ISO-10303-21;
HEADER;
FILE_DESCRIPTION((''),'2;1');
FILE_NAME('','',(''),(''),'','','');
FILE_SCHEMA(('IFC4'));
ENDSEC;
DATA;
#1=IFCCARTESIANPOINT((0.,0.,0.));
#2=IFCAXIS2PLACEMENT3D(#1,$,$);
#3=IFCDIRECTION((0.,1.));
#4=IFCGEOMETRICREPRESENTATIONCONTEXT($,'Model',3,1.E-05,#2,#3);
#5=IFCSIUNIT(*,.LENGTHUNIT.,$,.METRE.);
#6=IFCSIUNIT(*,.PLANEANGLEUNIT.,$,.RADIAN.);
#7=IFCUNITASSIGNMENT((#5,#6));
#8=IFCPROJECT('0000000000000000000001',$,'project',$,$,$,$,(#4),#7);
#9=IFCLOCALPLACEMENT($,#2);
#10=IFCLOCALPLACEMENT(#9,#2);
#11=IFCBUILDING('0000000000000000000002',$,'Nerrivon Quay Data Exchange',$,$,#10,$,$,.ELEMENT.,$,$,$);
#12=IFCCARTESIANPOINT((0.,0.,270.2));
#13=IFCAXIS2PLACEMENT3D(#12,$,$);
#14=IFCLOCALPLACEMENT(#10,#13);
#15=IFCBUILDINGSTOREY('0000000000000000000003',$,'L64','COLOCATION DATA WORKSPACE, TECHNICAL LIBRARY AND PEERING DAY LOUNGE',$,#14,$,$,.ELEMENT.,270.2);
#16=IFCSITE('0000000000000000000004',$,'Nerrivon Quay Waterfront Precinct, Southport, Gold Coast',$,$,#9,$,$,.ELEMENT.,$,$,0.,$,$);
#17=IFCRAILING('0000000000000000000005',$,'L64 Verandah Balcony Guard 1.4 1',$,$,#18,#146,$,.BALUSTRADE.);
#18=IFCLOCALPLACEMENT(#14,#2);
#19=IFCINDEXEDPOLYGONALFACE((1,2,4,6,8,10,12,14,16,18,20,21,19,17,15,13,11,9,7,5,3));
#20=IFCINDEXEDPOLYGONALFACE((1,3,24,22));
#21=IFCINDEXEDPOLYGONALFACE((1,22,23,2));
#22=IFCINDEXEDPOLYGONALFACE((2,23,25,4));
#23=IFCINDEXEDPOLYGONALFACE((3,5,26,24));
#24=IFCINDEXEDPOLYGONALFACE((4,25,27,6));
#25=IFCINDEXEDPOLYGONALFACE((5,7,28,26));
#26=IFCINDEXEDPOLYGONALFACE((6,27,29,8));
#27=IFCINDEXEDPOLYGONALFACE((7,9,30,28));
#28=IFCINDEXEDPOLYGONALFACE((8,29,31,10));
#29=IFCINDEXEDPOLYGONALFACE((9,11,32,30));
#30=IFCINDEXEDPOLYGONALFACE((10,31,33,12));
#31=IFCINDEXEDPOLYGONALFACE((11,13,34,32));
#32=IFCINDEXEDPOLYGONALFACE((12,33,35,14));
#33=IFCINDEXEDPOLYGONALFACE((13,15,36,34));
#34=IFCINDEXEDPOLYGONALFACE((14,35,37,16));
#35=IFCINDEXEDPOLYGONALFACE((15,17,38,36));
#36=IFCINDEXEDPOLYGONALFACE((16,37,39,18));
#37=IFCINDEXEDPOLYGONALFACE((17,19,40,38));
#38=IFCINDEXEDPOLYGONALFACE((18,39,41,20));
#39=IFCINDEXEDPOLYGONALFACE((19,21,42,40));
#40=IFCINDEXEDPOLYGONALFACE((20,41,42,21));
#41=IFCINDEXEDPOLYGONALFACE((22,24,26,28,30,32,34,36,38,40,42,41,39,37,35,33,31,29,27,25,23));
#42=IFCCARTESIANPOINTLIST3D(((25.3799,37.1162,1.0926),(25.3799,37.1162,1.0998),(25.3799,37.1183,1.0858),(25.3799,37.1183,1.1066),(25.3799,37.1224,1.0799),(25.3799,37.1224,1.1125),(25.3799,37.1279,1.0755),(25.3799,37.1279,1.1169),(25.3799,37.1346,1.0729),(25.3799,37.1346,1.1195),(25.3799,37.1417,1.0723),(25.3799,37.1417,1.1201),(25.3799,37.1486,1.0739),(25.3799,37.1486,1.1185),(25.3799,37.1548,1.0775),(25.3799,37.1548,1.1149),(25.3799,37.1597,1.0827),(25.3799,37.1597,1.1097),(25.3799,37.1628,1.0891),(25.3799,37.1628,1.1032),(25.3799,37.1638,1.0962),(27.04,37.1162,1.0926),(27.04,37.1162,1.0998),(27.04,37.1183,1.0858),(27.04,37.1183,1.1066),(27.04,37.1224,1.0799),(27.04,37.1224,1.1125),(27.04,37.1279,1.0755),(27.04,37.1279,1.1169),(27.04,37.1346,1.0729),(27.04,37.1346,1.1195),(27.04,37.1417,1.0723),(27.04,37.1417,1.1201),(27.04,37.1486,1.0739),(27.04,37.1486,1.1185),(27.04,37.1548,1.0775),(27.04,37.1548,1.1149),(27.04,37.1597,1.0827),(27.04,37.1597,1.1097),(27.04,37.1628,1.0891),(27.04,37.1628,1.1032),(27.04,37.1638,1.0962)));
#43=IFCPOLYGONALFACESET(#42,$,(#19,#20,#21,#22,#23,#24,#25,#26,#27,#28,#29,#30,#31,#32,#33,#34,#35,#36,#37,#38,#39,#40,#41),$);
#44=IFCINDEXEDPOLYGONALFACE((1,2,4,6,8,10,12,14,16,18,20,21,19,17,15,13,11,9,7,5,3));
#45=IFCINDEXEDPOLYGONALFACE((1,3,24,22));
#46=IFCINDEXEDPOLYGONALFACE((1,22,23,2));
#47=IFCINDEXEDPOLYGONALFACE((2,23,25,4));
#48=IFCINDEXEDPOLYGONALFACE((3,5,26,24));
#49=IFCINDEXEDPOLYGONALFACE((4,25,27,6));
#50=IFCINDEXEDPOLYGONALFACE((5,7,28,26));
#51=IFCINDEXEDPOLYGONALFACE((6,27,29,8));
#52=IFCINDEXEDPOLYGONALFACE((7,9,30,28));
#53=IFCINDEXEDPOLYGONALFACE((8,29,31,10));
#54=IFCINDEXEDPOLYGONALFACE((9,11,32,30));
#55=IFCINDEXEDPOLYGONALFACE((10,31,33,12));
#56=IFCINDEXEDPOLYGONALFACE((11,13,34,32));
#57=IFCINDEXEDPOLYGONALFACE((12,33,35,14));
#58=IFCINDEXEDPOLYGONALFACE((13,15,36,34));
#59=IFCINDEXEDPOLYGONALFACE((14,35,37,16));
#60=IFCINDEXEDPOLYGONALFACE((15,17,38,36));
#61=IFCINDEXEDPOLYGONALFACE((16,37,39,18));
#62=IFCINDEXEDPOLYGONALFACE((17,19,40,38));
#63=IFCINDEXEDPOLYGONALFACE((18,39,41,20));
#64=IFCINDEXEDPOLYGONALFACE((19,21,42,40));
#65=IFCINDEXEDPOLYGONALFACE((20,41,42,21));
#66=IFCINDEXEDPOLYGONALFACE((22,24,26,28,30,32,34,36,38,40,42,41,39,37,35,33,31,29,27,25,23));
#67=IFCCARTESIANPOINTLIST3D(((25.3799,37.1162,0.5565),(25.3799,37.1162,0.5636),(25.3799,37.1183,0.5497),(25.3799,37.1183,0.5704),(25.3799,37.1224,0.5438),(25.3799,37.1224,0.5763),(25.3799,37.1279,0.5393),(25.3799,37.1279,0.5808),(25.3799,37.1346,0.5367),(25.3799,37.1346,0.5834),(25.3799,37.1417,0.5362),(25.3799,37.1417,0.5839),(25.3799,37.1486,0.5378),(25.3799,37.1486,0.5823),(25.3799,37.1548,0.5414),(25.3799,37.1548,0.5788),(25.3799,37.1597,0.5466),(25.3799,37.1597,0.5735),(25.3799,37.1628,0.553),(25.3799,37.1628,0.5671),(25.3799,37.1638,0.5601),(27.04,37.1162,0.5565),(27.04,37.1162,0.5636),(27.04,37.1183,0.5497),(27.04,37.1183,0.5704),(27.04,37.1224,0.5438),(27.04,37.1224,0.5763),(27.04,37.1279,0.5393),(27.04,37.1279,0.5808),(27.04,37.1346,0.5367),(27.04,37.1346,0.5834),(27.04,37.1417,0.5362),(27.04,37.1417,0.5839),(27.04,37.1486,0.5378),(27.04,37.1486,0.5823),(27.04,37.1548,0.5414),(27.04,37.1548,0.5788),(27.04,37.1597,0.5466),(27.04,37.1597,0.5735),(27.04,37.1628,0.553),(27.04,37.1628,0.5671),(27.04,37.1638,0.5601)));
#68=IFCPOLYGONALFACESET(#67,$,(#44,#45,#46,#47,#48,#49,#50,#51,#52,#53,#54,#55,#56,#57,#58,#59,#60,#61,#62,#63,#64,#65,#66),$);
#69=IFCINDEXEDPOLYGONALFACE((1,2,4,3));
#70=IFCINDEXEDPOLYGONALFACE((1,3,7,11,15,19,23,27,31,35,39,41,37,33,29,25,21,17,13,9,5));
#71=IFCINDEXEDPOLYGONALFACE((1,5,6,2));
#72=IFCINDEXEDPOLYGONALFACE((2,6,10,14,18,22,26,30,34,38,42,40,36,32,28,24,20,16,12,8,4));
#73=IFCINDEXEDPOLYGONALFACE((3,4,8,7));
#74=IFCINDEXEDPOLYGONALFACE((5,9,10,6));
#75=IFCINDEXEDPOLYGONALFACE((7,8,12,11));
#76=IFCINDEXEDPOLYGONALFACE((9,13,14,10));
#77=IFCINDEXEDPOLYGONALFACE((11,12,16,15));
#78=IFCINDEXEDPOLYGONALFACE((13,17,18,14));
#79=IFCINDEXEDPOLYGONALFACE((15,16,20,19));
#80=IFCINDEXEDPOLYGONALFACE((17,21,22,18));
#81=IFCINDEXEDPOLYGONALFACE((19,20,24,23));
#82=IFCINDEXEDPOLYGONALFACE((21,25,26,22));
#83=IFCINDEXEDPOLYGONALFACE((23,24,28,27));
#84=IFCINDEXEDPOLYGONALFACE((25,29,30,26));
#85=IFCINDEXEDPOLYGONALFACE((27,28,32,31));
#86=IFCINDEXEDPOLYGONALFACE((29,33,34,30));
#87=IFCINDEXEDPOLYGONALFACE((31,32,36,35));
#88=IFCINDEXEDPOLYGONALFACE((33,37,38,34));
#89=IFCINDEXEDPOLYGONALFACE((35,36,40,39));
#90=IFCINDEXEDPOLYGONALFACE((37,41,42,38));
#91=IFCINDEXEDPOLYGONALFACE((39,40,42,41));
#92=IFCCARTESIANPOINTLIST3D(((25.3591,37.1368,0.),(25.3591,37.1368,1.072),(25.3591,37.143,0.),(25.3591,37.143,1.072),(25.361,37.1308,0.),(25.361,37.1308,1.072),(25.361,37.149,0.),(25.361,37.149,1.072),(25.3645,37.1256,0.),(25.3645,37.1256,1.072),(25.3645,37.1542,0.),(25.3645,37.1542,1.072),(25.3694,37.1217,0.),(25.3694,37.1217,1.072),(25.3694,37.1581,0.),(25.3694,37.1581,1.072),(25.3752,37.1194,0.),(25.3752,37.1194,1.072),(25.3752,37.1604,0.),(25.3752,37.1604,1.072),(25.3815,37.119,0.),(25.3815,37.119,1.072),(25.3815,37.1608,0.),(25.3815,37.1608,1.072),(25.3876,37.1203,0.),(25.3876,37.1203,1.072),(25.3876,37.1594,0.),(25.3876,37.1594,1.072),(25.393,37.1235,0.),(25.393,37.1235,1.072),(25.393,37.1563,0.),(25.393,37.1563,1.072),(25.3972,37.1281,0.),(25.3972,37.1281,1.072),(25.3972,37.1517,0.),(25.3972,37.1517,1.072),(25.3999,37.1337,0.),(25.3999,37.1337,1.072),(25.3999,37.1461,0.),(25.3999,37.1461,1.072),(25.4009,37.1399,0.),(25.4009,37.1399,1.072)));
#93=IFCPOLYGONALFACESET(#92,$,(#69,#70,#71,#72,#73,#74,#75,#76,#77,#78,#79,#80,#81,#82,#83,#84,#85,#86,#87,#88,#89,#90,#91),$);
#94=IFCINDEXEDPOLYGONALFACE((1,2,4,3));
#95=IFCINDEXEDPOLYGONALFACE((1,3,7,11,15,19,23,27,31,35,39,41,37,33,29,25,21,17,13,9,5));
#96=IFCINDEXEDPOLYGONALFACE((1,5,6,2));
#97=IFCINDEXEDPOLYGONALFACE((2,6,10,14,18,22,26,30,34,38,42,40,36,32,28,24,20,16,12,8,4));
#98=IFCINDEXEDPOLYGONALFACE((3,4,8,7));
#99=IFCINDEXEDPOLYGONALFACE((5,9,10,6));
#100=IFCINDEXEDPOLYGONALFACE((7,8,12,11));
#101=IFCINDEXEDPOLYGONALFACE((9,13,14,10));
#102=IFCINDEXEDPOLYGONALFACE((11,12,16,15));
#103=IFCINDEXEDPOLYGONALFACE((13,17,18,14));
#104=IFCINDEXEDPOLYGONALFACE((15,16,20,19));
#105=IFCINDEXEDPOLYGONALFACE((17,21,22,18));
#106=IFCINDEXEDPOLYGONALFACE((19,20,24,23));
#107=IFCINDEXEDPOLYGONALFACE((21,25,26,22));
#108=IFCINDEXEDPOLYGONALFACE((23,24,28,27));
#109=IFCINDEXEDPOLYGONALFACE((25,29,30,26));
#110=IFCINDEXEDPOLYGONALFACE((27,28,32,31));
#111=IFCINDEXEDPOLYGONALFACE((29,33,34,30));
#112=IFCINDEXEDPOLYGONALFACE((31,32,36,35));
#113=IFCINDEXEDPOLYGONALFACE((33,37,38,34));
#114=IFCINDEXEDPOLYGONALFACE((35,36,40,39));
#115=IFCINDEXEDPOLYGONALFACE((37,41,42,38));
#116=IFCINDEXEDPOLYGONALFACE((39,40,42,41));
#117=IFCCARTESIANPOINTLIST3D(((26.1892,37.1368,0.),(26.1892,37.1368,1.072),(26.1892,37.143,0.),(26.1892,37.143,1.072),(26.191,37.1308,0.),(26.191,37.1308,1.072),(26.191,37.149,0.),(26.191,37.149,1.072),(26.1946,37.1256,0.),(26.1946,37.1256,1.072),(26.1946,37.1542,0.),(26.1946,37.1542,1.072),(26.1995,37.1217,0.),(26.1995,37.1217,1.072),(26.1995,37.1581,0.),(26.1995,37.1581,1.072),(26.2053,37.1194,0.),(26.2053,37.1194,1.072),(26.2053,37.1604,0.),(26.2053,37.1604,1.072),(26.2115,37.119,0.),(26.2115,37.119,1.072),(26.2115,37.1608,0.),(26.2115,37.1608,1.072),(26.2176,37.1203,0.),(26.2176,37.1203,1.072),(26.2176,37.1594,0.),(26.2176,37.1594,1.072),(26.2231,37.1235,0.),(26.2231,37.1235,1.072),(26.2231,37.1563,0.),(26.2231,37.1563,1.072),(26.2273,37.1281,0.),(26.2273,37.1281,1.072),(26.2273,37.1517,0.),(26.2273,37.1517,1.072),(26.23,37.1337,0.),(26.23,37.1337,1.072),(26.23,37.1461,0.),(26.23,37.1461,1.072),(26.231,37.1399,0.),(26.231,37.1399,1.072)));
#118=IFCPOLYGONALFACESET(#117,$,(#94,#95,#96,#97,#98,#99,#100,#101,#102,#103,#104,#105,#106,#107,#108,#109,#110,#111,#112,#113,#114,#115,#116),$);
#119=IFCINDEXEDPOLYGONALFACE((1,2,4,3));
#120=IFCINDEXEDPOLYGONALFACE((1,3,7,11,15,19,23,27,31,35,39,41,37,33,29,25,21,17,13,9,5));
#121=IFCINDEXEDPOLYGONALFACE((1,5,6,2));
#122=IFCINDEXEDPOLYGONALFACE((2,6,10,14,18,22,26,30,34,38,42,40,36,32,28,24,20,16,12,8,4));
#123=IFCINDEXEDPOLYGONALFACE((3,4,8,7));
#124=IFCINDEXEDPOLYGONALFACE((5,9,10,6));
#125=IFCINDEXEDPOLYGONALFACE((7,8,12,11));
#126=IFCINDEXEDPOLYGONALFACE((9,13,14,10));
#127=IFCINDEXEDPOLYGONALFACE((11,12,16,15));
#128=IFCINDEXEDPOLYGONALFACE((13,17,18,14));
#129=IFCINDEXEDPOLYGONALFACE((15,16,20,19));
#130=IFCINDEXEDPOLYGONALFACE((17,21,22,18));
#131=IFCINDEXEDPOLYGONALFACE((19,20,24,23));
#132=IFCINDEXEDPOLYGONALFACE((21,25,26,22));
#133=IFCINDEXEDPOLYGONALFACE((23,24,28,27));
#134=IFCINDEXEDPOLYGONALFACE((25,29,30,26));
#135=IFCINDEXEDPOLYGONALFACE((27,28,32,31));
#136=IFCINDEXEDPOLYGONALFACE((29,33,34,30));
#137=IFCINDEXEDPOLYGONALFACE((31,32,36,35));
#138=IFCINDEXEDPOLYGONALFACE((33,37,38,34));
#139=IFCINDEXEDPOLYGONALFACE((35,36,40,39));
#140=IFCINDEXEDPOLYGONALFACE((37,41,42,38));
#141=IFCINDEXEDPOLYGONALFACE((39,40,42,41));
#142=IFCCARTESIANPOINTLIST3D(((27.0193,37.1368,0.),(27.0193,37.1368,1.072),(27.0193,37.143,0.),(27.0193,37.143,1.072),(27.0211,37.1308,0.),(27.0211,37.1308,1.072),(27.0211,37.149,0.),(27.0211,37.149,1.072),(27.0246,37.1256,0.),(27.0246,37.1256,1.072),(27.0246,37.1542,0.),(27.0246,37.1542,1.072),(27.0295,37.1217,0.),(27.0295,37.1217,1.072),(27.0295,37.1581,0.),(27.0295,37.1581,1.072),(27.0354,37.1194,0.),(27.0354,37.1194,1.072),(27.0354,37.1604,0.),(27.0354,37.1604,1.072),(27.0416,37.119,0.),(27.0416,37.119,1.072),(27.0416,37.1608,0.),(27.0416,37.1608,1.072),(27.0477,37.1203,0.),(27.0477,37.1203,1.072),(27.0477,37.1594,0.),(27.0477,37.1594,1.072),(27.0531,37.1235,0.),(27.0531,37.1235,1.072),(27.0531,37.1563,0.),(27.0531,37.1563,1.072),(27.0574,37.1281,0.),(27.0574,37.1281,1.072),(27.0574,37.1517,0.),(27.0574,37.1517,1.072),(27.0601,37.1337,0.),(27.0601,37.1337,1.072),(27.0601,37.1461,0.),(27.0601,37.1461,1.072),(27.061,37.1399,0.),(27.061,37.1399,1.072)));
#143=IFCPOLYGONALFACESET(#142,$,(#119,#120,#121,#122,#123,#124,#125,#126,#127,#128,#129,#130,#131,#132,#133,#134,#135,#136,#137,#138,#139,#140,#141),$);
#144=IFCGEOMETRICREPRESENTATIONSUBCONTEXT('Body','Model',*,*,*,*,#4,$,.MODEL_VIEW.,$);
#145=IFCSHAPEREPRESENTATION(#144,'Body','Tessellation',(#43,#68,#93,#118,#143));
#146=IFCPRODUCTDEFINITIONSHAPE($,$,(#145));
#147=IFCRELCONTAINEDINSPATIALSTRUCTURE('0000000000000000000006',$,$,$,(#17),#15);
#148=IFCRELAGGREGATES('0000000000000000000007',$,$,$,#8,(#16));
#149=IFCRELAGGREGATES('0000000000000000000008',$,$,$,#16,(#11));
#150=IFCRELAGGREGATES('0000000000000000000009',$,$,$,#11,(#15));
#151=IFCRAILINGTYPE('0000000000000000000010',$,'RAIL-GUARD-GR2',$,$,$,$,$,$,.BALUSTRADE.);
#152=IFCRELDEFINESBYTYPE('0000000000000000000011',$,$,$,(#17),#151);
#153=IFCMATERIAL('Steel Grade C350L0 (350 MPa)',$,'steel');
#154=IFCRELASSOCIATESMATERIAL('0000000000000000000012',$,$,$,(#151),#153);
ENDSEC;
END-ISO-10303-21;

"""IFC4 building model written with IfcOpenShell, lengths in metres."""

from ifc_helpers import new_model, si_unit, direction, frame, origin, origin_2d, place, context, subcontext, project, spatial, circle, extrude, material, type_object, element, save


model = new_model("IFC4")

# Units and contexts
model_context = context("Model", 3, precision=1e-05, world=origin(), true_north=direction((0.0, 1.0)))
body_context = subcontext(model_context, "Body", "Model", "MODEL_VIEW")
ifc_project = project(units=[si_unit("LENGTHUNIT", "METRE"), si_unit("PLANEANGLEUNIT", "RADIAN")], contexts=[model_context])

# Site, building, storey
site_placement = place(None, origin())
site = spatial("IfcSite", under=ifc_project, at=site_placement, Name="Nerrivon Quay Waterfront Precinct, Southport, Gold Coast", CompositionType="ELEMENT", RefElevation=0.0)
building_placement = place(site_placement, origin())
building = spatial("IfcBuilding", under=site, at=building_placement, Name="Nerrivon Quay Data Exchange", CompositionType="ELEMENT")
storey_placement = place(building_placement, frame((0.0, 0.0, 270.2)))
storey = spatial("IfcBuildingStorey", under=building, at=storey_placement, Name="L64", Description="COLOCATION DATA WORKSPACE, TECHNICAL LIBRARY AND PEERING DAY LOUNGE", CompositionType="ELEMENT", Elevation=270.2)

# Shared definitions
ifc_material_1 = material(Name="Steel Grade C350L0 (350 MPa)", Category="steel")

# Railing
railing_type = type_object("IfcRailingType", Name="RAIL-GUARD-GR2", PredefinedType="BALUSTRADE", material=ifc_material_1)
railing_1_placement = place(storey_placement, frame((25.3799, 37.1399, 0.0)))
element("IfcRailing", 1, at=railing_1_placement, inside=storey, type_object=railing_type, Name="L64 Verandah Balcony Guard 1.4 1", PredefinedType="BALUSTRADE", context=body_context, shape_type="SweptSolid", body=[
    extrude(circle(Radius=0.0239, at=origin_2d()), frame((0.0, 0.0, 1.0962), z_axis=(1.0, 0.0, 0.0), x_axis=(0.0, 1.0, 0.0)), (0.0, 0.0, 1.0), 1.6602),
    extrude(circle(Radius=0.0239, at=origin_2d()), frame((0.0, 0.0, 0.5601), z_axis=(1.0, 0.0, 0.0), x_axis=(0.0, 1.0, 0.0)), (0.0, 0.0, 1.0), 1.6602),
    extrude(circle(Radius=0.021, at=origin_2d()), origin(), (0.0, 0.0, 1.0), 1.072),
    extrude(circle(Radius=0.021, at=origin_2d()), frame((0.8301, 0.0, 0.0)), (0.0, 0.0, 1.0), 1.072),
    extrude(circle(Radius=0.021, at=origin_2d()), frame((1.6602, 0.0, 0.0)), (0.0, 0.0, 1.0), 1.072),
])

save(model, "model.ifc")
